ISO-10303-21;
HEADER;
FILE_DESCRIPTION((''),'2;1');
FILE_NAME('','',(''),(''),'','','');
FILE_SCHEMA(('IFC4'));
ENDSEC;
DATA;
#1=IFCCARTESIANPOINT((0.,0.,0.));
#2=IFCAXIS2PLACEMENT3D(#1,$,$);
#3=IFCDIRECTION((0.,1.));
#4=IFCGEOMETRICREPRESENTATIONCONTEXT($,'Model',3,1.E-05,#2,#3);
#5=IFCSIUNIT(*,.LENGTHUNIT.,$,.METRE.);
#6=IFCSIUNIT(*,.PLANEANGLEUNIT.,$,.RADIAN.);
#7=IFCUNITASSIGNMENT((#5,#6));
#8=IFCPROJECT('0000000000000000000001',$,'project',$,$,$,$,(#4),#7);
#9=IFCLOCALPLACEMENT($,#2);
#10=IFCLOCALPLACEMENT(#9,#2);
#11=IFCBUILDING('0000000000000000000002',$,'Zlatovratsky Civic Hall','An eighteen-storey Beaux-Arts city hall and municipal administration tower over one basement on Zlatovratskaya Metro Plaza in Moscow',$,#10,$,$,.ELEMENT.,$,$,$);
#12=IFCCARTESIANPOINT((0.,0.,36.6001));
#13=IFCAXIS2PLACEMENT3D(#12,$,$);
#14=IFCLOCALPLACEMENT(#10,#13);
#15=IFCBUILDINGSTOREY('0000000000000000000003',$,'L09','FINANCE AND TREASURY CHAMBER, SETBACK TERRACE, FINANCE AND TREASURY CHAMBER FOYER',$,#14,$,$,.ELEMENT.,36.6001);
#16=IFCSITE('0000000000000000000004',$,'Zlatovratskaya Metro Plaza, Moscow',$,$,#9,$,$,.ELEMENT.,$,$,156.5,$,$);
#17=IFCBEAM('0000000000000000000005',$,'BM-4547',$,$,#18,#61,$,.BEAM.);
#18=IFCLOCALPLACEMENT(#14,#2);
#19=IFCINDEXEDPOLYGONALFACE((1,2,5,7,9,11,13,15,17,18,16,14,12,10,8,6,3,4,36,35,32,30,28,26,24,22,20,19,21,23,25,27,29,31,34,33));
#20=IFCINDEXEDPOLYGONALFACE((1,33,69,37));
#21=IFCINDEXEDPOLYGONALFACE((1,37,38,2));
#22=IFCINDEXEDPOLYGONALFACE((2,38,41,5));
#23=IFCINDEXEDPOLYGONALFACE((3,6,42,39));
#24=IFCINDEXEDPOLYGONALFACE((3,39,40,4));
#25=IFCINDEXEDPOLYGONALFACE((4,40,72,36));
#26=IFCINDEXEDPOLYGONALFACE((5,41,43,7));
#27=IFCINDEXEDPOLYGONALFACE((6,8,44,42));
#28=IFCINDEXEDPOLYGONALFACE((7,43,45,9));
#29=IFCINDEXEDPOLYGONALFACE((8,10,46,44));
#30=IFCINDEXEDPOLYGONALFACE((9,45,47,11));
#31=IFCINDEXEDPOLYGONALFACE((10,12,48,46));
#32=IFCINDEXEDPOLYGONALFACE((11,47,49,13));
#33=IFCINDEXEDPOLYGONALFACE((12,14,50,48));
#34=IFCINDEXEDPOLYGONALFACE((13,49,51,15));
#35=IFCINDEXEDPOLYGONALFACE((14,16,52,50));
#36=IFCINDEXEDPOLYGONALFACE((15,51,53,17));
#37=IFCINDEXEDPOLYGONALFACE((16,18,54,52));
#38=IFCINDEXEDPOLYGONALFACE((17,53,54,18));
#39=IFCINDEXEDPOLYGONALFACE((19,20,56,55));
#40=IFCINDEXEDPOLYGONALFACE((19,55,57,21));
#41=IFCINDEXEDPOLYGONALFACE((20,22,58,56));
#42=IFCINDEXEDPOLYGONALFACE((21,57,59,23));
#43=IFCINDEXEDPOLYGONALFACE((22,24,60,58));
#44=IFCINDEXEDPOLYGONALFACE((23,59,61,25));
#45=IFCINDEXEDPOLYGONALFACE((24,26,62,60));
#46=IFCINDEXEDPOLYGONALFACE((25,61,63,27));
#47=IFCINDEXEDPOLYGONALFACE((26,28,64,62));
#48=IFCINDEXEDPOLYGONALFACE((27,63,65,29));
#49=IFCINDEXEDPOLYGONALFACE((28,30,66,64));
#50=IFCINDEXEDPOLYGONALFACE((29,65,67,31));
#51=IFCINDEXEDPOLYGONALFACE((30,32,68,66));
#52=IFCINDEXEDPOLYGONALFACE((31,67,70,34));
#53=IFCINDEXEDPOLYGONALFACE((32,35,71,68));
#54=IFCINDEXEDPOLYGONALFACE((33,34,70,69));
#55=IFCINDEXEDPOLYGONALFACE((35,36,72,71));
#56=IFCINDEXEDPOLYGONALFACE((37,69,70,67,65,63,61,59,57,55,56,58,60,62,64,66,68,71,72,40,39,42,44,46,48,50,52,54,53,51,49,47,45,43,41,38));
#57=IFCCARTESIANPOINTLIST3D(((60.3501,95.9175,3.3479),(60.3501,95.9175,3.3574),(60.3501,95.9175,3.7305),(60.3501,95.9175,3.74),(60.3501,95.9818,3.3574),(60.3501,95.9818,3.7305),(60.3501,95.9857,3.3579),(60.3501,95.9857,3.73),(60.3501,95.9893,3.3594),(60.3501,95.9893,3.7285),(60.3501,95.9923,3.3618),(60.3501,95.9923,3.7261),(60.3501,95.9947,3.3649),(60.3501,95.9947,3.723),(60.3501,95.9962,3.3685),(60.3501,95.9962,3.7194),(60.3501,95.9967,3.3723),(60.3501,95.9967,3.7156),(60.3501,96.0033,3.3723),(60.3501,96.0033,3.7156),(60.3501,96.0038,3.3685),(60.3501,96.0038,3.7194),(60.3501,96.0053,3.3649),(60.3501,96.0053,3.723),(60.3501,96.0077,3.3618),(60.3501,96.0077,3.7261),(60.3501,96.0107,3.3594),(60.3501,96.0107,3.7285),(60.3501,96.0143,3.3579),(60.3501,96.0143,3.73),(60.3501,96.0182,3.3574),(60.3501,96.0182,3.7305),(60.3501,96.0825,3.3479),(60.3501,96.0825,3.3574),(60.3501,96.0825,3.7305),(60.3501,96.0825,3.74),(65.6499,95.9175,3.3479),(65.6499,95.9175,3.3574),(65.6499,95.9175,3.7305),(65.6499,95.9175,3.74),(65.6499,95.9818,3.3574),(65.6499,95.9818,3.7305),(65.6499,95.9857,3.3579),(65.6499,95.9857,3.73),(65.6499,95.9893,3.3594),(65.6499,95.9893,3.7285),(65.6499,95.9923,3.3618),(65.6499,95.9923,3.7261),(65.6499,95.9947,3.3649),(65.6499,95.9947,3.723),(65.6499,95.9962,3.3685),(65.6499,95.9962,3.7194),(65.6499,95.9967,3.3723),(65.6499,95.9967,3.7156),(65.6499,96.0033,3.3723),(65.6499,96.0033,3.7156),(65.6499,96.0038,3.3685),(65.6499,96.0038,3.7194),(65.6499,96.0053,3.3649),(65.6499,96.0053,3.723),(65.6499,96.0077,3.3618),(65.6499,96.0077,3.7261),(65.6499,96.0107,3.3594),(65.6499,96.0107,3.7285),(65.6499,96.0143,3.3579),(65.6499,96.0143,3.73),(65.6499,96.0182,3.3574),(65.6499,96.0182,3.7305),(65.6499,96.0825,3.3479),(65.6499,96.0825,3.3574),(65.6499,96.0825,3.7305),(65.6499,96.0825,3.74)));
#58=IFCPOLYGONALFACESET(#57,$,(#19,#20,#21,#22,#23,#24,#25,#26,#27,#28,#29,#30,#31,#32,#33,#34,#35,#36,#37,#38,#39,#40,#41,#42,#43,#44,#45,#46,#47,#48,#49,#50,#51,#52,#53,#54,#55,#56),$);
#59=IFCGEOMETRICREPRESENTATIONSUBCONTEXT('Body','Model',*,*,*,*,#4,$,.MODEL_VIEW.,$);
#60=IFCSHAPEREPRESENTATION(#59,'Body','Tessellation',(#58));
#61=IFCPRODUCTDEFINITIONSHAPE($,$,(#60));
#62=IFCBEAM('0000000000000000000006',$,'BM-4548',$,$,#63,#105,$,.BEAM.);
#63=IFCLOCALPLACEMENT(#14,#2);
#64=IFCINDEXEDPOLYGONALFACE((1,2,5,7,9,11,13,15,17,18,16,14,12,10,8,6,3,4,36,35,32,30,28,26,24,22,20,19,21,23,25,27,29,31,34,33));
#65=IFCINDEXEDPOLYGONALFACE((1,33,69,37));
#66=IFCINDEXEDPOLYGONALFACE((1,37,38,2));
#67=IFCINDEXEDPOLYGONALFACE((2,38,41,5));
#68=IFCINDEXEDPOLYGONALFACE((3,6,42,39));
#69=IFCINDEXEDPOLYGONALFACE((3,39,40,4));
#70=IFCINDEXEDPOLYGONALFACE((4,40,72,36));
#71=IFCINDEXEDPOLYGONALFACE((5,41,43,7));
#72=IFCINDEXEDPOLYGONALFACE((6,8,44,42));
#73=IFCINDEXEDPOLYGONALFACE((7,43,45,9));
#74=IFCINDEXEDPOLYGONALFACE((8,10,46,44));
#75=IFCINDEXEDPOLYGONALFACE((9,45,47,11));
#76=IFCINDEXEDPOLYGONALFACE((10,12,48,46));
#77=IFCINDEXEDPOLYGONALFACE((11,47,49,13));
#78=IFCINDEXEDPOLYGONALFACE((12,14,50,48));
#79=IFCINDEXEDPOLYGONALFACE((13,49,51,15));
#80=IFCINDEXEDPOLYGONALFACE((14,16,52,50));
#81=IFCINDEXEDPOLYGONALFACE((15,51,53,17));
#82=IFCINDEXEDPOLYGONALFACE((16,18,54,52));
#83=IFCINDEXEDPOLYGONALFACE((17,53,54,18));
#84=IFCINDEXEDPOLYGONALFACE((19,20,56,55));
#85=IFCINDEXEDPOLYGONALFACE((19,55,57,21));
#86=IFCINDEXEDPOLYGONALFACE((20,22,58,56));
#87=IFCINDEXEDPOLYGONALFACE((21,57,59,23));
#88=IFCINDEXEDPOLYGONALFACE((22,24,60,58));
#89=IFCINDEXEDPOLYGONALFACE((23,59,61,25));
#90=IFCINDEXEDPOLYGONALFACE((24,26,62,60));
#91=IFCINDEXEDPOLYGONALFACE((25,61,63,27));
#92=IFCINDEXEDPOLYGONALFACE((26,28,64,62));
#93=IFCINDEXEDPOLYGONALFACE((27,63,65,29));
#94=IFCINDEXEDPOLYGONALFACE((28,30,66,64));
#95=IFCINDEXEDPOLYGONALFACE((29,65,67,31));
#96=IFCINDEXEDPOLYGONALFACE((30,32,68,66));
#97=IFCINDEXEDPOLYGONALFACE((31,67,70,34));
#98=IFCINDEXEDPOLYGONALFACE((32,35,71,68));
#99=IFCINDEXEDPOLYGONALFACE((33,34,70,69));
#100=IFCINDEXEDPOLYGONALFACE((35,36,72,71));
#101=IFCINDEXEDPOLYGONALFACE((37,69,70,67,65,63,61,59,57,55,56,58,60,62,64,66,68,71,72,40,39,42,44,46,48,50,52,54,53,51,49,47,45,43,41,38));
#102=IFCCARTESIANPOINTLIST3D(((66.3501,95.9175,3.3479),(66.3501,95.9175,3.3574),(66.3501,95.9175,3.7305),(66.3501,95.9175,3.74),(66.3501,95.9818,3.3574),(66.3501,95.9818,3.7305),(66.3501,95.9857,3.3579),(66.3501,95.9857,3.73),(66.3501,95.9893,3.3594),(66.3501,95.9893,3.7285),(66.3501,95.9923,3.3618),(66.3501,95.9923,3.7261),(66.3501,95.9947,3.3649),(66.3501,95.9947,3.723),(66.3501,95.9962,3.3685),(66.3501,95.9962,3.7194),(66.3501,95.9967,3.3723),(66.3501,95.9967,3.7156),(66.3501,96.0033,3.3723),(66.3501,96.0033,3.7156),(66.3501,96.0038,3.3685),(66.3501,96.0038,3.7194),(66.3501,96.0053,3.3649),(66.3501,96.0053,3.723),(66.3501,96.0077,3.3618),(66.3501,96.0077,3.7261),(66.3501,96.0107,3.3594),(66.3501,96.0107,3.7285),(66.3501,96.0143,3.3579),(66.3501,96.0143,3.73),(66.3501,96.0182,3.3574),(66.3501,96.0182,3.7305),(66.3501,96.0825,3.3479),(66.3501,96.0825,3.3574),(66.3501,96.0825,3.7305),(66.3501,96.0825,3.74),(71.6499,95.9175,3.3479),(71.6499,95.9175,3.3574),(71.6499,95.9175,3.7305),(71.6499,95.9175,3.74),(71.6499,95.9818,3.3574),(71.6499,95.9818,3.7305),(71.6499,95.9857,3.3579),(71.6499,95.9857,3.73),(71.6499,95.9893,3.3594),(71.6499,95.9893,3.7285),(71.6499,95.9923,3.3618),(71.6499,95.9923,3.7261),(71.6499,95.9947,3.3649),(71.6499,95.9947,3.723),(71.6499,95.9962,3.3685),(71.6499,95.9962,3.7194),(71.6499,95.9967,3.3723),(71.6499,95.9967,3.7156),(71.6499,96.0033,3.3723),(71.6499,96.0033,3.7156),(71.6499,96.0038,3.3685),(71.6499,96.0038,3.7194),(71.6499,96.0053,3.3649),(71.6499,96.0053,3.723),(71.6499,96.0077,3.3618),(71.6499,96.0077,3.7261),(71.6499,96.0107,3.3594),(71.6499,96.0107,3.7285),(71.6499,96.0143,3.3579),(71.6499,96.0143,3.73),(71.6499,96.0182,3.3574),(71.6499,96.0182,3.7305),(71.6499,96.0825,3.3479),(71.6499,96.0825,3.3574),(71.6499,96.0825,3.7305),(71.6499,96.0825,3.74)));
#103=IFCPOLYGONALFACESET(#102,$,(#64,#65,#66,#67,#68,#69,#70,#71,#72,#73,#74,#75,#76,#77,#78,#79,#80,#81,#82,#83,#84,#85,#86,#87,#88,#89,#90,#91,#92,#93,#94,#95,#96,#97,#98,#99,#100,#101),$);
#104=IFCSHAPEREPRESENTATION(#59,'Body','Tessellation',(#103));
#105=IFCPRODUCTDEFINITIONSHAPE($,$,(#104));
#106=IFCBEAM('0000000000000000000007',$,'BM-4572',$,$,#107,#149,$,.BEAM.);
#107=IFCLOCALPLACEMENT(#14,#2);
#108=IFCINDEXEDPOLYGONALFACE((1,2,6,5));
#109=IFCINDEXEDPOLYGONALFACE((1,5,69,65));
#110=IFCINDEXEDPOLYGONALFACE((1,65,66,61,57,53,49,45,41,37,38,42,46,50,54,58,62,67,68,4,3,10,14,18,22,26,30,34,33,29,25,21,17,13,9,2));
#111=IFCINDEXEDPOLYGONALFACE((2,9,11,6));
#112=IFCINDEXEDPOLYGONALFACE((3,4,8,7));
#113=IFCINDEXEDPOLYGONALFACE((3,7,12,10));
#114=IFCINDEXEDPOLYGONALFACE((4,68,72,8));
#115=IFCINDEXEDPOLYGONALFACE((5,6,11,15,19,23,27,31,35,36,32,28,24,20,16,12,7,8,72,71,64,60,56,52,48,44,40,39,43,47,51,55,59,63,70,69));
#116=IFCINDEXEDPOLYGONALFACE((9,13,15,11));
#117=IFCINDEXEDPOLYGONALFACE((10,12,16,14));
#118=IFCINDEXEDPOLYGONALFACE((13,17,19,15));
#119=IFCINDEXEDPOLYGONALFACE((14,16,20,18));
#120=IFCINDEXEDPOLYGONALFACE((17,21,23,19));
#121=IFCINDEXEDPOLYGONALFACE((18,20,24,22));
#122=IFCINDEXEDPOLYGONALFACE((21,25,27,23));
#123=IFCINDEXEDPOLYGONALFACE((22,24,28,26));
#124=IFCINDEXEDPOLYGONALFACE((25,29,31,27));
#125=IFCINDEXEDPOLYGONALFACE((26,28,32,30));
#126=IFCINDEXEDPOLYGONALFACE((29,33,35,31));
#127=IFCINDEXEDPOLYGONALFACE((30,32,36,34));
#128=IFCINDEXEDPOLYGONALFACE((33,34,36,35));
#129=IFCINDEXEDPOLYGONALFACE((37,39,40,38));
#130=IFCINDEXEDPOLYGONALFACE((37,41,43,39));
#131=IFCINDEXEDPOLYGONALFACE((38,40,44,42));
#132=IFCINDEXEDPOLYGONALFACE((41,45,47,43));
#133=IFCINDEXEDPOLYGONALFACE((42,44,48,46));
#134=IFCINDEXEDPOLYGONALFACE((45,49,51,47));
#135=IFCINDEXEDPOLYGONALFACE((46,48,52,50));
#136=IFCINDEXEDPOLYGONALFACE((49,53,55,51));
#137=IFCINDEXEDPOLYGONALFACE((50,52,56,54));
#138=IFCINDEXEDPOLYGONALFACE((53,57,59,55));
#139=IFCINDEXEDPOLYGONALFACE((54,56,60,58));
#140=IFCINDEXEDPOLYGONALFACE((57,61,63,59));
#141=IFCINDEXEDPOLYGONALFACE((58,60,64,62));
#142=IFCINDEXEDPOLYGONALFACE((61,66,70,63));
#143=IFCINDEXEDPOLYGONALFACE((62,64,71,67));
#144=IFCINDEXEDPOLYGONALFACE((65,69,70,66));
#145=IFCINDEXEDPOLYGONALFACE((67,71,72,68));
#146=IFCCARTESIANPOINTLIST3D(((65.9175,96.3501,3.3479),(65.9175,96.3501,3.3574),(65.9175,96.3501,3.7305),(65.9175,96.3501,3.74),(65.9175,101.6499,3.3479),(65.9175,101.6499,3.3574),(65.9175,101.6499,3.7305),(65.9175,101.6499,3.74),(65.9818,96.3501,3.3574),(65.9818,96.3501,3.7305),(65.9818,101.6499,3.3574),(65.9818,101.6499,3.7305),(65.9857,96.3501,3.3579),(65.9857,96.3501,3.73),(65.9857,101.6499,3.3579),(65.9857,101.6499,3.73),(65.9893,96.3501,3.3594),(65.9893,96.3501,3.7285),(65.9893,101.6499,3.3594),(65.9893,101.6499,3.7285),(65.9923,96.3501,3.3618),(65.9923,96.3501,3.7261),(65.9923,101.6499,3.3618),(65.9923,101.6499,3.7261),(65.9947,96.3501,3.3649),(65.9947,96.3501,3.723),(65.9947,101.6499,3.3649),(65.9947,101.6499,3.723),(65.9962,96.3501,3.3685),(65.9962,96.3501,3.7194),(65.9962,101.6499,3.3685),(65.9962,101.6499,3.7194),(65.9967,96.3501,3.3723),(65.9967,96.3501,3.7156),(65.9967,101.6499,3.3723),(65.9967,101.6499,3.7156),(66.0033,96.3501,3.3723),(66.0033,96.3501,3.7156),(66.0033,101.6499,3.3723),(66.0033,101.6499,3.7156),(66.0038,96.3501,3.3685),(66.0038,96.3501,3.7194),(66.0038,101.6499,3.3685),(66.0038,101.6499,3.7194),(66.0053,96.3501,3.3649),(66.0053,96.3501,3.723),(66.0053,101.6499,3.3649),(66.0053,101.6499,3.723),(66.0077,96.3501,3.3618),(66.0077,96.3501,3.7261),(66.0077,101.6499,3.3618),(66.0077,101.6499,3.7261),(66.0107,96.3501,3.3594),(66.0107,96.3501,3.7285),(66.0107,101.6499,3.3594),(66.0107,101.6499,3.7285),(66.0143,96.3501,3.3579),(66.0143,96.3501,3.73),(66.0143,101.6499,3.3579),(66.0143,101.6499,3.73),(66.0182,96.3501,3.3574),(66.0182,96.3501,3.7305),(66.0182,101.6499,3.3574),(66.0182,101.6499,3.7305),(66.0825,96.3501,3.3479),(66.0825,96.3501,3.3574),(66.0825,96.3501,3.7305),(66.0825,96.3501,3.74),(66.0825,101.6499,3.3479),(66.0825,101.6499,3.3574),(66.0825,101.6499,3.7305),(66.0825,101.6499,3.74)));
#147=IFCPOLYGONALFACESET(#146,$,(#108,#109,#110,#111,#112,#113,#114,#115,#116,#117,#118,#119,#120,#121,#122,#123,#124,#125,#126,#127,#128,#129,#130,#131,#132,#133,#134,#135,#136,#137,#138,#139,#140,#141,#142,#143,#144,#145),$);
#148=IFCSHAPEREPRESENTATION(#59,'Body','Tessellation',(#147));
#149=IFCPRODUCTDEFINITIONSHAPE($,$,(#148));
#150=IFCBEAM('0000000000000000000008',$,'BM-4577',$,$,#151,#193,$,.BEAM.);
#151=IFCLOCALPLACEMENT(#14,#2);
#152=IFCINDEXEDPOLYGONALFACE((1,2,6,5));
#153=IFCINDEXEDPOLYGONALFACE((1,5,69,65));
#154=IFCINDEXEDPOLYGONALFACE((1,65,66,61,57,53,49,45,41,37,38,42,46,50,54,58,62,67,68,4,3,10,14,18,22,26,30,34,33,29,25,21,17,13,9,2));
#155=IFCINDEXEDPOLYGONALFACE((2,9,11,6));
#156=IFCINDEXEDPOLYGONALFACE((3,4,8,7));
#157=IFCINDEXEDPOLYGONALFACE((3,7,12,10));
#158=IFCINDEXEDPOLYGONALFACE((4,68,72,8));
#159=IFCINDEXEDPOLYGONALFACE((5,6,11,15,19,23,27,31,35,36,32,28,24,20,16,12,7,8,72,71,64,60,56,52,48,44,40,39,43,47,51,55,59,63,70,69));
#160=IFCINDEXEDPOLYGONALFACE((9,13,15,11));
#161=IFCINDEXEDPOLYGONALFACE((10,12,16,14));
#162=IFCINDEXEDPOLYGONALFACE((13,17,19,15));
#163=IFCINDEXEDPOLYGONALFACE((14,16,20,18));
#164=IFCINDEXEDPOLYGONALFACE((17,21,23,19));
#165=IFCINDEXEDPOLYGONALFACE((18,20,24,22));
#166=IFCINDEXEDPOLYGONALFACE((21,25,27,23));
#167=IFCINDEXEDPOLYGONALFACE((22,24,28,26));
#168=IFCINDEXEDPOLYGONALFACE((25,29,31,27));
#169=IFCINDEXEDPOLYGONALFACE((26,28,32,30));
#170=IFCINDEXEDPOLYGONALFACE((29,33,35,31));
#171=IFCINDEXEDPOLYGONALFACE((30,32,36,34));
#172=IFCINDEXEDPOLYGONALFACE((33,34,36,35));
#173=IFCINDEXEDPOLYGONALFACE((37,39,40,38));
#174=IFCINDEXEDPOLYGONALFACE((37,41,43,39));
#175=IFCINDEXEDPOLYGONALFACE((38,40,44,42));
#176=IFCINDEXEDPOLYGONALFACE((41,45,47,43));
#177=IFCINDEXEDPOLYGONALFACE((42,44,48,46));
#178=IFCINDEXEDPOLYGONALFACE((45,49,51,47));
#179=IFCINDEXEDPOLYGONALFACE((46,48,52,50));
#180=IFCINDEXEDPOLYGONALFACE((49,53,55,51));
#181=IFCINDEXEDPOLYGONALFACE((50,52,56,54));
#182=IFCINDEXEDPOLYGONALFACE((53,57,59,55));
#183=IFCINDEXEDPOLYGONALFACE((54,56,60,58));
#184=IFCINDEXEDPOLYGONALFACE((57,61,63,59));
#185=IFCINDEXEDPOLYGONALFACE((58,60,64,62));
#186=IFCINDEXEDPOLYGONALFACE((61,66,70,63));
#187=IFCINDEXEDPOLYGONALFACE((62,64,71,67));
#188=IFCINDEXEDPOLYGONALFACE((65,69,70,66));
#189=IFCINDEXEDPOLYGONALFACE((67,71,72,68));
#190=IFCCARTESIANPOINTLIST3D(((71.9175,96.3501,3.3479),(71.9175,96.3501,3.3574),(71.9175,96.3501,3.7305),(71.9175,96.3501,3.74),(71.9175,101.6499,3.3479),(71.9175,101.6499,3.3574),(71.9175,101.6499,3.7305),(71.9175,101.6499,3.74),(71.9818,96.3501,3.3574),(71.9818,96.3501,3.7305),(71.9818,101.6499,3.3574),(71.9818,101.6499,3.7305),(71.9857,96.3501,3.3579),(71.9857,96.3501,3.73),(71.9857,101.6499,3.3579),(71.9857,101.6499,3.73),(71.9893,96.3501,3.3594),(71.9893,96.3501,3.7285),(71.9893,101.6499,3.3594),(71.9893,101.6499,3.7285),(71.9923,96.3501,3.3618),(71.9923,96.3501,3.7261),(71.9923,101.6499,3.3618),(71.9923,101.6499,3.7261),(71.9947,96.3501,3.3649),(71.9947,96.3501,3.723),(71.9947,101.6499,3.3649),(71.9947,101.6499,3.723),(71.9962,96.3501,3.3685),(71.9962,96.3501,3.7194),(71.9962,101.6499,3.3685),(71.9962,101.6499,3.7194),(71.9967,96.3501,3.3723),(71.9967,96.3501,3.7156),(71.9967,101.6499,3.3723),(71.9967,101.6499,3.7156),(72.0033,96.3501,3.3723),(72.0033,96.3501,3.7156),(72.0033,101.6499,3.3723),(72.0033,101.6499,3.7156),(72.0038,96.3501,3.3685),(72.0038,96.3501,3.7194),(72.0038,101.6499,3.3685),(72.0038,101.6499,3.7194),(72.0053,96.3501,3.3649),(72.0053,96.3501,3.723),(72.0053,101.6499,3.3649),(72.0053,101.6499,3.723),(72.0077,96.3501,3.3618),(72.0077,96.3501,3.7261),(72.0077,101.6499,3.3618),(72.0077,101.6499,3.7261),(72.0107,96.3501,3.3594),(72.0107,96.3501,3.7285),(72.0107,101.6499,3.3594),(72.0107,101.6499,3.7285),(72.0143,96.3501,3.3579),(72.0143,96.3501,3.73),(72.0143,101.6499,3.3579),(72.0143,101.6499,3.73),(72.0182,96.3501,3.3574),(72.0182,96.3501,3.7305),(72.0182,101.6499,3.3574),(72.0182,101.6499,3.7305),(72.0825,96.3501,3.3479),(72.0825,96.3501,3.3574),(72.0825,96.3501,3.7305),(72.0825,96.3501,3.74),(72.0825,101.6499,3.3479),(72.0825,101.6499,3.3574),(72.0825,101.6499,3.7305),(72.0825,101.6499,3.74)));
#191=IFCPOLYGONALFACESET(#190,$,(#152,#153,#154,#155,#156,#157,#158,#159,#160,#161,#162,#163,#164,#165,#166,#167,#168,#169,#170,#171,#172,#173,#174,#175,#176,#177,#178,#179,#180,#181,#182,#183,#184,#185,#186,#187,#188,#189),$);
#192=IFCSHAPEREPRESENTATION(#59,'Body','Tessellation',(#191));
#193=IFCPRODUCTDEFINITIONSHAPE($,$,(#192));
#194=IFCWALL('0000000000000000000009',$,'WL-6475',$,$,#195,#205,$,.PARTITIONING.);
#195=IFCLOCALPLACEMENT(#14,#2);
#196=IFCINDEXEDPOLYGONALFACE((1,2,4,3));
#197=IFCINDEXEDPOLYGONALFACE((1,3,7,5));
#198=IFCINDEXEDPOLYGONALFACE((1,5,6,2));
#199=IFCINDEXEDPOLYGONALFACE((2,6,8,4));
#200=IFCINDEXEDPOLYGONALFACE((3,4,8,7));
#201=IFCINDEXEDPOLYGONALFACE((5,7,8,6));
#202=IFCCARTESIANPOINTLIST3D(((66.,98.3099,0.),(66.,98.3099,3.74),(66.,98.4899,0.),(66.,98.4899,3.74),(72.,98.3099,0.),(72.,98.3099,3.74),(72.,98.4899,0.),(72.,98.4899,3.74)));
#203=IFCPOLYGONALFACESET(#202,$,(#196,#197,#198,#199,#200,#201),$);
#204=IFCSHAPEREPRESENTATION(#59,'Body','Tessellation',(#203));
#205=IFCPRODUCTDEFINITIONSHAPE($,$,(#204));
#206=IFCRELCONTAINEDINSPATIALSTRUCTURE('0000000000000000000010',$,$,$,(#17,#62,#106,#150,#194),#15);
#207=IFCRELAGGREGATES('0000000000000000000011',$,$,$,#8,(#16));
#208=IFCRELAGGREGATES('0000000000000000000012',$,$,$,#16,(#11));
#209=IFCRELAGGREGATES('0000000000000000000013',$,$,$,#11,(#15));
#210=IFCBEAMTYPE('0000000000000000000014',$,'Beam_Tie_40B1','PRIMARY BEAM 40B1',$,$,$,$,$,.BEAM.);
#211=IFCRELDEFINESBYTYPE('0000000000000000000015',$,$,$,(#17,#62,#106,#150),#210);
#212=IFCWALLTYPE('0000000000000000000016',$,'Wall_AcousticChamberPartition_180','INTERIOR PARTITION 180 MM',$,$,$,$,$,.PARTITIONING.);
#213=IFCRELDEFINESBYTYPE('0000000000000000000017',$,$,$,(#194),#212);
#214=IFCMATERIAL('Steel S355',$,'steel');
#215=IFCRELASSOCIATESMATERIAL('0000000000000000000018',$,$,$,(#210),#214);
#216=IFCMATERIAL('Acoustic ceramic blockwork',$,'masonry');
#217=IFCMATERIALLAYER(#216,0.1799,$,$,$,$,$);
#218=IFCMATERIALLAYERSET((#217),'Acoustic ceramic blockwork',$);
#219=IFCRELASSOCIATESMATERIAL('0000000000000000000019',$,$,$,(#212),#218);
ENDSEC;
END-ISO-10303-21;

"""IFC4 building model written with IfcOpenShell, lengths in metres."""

from ifc_helpers import new_model, si_unit, direction, frame, frame_2d, origin, origin_2d, place, context, subcontext, project, spatial, rectangle, i_section, extrude, material, layer, layer_set, material_profile, profile_set, type_object, element, save


model = new_model("IFC4")

# Units and contexts
model_context = context("Model", 3, precision=1e-05, world=origin(), true_north=direction((0.0, 1.0)))
body_context = subcontext(model_context, "Body", "Model", "MODEL_VIEW")
ifc_project = project(units=[si_unit("LENGTHUNIT", "METRE"), si_unit("PLANEANGLEUNIT", "RADIAN")], contexts=[model_context])

# Site, building, storey
site_placement = place(None, origin())
site = spatial("IfcSite", under=ifc_project, at=site_placement, Name="Zlatovratskaya Metro Plaza, Moscow", CompositionType="ELEMENT", RefElevation=156.5)
building_placement = place(site_placement, origin())
building = spatial("IfcBuilding", under=site, at=building_placement, Name="Zlatovratsky Civic Hall", Description="An eighteen-storey Beaux-Arts city hall and municipal administration tower over one basement on Zlatovratskaya Metro Plaza in Moscow", CompositionType="ELEMENT")
storey_placement = place(building_placement, frame((0.0, 0.0, 36.6001)))
storey = spatial("IfcBuildingStorey", under=building, at=storey_placement, Name="L09", Description="FINANCE AND TREASURY CHAMBER, SETBACK TERRACE, FINANCE AND TREASURY CHAMBER FOYER", CompositionType="ELEMENT", Elevation=36.6001)

# Beams
ifc_material_1 = material(Name="Steel S355", Category="steel")
ifc_material_profile_1 = material_profile(ifc_material_1, i_section(OverallWidth=0.165, OverallDepth=0.3921, WebThickness=0.0066, FlangeThickness=0.0095, FilletRadius=0.0149, at=origin_2d()), Name="40B1")
ifc_profile_set_1 = profile_set([ifc_material_profile_1], Name="Steel S355")
beam_type_1 = type_object("IfcBeamType", Name="Beam_Tie_40B1", Description="PRIMARY BEAM 40B1", PredefinedType="BEAM", material=ifc_profile_set_1)
for number, where, z_axis, x_axis, name in (
    (1, (60.3501, 96.0, 3.5439), (1.0, 0.0, 0.0), (0.0, 1.0, 0.0), "BM-4547"),
    (2, (66.3501, 96.0, 3.5439), (1.0, 0.0, 0.0), (0.0, 1.0, 0.0), "BM-4548"),
    (3, (66.0, 96.3501, 3.5439), (0.0, 1.0, 0.0), (-1.0, 0.0, 0.0), "BM-4572"),
    (4, (72.0, 96.3501, 3.5439), (0.0, 1.0, 0.0), (-1.0, 0.0, 0.0), "BM-4577"),
):
    element("IfcBeam", number, at=place(storey_placement, frame(where, z_axis=z_axis, x_axis=x_axis)), inside=storey, type_object=beam_type_1, Name=name, PredefinedType="BEAM", context=body_context, shape_type="SweptSolid", body=[
        extrude(i_section(OverallWidth=0.165, OverallDepth=0.3921, WebThickness=0.0066, FlangeThickness=0.0095, FilletRadius=0.0149, at=origin_2d()), origin(), (0.0, 0.0, 1.0), 5.2998),
    ])

# Wall
ifc_material_2 = material(Name="Acoustic ceramic blockwork", Category="masonry")
ifc_layer_1 = layer(ifc_material_2, 0.1799)
ifc_layer_set_1 = layer_set([ifc_layer_1], Name="Acoustic ceramic blockwork")
wall_type_1 = type_object("IfcWallType", Name="Wall_AcousticChamberPartition_180", Description="INTERIOR PARTITION 180 MM", PredefinedType="PARTITIONING", material=ifc_layer_set_1)
wall_1_placement = place(storey_placement, frame((66.0, 98.3999, 0.0), z_axis=(0.0, 0.0, 1.0), x_axis=(1.0, 0.0, 0.0)))
element("IfcWall", 5, at=wall_1_placement, inside=storey, type_object=wall_type_1, Name="WL-6475", PredefinedType="PARTITIONING", context=body_context, shape_type="SweptSolid", body=[
    extrude(rectangle(XDim=6.0, YDim=0.1799, at=frame_2d((3.0, 0.0))), origin(), (0.0, 0.0, 1.0), 3.74),
])

save(model, "model.ifc")
